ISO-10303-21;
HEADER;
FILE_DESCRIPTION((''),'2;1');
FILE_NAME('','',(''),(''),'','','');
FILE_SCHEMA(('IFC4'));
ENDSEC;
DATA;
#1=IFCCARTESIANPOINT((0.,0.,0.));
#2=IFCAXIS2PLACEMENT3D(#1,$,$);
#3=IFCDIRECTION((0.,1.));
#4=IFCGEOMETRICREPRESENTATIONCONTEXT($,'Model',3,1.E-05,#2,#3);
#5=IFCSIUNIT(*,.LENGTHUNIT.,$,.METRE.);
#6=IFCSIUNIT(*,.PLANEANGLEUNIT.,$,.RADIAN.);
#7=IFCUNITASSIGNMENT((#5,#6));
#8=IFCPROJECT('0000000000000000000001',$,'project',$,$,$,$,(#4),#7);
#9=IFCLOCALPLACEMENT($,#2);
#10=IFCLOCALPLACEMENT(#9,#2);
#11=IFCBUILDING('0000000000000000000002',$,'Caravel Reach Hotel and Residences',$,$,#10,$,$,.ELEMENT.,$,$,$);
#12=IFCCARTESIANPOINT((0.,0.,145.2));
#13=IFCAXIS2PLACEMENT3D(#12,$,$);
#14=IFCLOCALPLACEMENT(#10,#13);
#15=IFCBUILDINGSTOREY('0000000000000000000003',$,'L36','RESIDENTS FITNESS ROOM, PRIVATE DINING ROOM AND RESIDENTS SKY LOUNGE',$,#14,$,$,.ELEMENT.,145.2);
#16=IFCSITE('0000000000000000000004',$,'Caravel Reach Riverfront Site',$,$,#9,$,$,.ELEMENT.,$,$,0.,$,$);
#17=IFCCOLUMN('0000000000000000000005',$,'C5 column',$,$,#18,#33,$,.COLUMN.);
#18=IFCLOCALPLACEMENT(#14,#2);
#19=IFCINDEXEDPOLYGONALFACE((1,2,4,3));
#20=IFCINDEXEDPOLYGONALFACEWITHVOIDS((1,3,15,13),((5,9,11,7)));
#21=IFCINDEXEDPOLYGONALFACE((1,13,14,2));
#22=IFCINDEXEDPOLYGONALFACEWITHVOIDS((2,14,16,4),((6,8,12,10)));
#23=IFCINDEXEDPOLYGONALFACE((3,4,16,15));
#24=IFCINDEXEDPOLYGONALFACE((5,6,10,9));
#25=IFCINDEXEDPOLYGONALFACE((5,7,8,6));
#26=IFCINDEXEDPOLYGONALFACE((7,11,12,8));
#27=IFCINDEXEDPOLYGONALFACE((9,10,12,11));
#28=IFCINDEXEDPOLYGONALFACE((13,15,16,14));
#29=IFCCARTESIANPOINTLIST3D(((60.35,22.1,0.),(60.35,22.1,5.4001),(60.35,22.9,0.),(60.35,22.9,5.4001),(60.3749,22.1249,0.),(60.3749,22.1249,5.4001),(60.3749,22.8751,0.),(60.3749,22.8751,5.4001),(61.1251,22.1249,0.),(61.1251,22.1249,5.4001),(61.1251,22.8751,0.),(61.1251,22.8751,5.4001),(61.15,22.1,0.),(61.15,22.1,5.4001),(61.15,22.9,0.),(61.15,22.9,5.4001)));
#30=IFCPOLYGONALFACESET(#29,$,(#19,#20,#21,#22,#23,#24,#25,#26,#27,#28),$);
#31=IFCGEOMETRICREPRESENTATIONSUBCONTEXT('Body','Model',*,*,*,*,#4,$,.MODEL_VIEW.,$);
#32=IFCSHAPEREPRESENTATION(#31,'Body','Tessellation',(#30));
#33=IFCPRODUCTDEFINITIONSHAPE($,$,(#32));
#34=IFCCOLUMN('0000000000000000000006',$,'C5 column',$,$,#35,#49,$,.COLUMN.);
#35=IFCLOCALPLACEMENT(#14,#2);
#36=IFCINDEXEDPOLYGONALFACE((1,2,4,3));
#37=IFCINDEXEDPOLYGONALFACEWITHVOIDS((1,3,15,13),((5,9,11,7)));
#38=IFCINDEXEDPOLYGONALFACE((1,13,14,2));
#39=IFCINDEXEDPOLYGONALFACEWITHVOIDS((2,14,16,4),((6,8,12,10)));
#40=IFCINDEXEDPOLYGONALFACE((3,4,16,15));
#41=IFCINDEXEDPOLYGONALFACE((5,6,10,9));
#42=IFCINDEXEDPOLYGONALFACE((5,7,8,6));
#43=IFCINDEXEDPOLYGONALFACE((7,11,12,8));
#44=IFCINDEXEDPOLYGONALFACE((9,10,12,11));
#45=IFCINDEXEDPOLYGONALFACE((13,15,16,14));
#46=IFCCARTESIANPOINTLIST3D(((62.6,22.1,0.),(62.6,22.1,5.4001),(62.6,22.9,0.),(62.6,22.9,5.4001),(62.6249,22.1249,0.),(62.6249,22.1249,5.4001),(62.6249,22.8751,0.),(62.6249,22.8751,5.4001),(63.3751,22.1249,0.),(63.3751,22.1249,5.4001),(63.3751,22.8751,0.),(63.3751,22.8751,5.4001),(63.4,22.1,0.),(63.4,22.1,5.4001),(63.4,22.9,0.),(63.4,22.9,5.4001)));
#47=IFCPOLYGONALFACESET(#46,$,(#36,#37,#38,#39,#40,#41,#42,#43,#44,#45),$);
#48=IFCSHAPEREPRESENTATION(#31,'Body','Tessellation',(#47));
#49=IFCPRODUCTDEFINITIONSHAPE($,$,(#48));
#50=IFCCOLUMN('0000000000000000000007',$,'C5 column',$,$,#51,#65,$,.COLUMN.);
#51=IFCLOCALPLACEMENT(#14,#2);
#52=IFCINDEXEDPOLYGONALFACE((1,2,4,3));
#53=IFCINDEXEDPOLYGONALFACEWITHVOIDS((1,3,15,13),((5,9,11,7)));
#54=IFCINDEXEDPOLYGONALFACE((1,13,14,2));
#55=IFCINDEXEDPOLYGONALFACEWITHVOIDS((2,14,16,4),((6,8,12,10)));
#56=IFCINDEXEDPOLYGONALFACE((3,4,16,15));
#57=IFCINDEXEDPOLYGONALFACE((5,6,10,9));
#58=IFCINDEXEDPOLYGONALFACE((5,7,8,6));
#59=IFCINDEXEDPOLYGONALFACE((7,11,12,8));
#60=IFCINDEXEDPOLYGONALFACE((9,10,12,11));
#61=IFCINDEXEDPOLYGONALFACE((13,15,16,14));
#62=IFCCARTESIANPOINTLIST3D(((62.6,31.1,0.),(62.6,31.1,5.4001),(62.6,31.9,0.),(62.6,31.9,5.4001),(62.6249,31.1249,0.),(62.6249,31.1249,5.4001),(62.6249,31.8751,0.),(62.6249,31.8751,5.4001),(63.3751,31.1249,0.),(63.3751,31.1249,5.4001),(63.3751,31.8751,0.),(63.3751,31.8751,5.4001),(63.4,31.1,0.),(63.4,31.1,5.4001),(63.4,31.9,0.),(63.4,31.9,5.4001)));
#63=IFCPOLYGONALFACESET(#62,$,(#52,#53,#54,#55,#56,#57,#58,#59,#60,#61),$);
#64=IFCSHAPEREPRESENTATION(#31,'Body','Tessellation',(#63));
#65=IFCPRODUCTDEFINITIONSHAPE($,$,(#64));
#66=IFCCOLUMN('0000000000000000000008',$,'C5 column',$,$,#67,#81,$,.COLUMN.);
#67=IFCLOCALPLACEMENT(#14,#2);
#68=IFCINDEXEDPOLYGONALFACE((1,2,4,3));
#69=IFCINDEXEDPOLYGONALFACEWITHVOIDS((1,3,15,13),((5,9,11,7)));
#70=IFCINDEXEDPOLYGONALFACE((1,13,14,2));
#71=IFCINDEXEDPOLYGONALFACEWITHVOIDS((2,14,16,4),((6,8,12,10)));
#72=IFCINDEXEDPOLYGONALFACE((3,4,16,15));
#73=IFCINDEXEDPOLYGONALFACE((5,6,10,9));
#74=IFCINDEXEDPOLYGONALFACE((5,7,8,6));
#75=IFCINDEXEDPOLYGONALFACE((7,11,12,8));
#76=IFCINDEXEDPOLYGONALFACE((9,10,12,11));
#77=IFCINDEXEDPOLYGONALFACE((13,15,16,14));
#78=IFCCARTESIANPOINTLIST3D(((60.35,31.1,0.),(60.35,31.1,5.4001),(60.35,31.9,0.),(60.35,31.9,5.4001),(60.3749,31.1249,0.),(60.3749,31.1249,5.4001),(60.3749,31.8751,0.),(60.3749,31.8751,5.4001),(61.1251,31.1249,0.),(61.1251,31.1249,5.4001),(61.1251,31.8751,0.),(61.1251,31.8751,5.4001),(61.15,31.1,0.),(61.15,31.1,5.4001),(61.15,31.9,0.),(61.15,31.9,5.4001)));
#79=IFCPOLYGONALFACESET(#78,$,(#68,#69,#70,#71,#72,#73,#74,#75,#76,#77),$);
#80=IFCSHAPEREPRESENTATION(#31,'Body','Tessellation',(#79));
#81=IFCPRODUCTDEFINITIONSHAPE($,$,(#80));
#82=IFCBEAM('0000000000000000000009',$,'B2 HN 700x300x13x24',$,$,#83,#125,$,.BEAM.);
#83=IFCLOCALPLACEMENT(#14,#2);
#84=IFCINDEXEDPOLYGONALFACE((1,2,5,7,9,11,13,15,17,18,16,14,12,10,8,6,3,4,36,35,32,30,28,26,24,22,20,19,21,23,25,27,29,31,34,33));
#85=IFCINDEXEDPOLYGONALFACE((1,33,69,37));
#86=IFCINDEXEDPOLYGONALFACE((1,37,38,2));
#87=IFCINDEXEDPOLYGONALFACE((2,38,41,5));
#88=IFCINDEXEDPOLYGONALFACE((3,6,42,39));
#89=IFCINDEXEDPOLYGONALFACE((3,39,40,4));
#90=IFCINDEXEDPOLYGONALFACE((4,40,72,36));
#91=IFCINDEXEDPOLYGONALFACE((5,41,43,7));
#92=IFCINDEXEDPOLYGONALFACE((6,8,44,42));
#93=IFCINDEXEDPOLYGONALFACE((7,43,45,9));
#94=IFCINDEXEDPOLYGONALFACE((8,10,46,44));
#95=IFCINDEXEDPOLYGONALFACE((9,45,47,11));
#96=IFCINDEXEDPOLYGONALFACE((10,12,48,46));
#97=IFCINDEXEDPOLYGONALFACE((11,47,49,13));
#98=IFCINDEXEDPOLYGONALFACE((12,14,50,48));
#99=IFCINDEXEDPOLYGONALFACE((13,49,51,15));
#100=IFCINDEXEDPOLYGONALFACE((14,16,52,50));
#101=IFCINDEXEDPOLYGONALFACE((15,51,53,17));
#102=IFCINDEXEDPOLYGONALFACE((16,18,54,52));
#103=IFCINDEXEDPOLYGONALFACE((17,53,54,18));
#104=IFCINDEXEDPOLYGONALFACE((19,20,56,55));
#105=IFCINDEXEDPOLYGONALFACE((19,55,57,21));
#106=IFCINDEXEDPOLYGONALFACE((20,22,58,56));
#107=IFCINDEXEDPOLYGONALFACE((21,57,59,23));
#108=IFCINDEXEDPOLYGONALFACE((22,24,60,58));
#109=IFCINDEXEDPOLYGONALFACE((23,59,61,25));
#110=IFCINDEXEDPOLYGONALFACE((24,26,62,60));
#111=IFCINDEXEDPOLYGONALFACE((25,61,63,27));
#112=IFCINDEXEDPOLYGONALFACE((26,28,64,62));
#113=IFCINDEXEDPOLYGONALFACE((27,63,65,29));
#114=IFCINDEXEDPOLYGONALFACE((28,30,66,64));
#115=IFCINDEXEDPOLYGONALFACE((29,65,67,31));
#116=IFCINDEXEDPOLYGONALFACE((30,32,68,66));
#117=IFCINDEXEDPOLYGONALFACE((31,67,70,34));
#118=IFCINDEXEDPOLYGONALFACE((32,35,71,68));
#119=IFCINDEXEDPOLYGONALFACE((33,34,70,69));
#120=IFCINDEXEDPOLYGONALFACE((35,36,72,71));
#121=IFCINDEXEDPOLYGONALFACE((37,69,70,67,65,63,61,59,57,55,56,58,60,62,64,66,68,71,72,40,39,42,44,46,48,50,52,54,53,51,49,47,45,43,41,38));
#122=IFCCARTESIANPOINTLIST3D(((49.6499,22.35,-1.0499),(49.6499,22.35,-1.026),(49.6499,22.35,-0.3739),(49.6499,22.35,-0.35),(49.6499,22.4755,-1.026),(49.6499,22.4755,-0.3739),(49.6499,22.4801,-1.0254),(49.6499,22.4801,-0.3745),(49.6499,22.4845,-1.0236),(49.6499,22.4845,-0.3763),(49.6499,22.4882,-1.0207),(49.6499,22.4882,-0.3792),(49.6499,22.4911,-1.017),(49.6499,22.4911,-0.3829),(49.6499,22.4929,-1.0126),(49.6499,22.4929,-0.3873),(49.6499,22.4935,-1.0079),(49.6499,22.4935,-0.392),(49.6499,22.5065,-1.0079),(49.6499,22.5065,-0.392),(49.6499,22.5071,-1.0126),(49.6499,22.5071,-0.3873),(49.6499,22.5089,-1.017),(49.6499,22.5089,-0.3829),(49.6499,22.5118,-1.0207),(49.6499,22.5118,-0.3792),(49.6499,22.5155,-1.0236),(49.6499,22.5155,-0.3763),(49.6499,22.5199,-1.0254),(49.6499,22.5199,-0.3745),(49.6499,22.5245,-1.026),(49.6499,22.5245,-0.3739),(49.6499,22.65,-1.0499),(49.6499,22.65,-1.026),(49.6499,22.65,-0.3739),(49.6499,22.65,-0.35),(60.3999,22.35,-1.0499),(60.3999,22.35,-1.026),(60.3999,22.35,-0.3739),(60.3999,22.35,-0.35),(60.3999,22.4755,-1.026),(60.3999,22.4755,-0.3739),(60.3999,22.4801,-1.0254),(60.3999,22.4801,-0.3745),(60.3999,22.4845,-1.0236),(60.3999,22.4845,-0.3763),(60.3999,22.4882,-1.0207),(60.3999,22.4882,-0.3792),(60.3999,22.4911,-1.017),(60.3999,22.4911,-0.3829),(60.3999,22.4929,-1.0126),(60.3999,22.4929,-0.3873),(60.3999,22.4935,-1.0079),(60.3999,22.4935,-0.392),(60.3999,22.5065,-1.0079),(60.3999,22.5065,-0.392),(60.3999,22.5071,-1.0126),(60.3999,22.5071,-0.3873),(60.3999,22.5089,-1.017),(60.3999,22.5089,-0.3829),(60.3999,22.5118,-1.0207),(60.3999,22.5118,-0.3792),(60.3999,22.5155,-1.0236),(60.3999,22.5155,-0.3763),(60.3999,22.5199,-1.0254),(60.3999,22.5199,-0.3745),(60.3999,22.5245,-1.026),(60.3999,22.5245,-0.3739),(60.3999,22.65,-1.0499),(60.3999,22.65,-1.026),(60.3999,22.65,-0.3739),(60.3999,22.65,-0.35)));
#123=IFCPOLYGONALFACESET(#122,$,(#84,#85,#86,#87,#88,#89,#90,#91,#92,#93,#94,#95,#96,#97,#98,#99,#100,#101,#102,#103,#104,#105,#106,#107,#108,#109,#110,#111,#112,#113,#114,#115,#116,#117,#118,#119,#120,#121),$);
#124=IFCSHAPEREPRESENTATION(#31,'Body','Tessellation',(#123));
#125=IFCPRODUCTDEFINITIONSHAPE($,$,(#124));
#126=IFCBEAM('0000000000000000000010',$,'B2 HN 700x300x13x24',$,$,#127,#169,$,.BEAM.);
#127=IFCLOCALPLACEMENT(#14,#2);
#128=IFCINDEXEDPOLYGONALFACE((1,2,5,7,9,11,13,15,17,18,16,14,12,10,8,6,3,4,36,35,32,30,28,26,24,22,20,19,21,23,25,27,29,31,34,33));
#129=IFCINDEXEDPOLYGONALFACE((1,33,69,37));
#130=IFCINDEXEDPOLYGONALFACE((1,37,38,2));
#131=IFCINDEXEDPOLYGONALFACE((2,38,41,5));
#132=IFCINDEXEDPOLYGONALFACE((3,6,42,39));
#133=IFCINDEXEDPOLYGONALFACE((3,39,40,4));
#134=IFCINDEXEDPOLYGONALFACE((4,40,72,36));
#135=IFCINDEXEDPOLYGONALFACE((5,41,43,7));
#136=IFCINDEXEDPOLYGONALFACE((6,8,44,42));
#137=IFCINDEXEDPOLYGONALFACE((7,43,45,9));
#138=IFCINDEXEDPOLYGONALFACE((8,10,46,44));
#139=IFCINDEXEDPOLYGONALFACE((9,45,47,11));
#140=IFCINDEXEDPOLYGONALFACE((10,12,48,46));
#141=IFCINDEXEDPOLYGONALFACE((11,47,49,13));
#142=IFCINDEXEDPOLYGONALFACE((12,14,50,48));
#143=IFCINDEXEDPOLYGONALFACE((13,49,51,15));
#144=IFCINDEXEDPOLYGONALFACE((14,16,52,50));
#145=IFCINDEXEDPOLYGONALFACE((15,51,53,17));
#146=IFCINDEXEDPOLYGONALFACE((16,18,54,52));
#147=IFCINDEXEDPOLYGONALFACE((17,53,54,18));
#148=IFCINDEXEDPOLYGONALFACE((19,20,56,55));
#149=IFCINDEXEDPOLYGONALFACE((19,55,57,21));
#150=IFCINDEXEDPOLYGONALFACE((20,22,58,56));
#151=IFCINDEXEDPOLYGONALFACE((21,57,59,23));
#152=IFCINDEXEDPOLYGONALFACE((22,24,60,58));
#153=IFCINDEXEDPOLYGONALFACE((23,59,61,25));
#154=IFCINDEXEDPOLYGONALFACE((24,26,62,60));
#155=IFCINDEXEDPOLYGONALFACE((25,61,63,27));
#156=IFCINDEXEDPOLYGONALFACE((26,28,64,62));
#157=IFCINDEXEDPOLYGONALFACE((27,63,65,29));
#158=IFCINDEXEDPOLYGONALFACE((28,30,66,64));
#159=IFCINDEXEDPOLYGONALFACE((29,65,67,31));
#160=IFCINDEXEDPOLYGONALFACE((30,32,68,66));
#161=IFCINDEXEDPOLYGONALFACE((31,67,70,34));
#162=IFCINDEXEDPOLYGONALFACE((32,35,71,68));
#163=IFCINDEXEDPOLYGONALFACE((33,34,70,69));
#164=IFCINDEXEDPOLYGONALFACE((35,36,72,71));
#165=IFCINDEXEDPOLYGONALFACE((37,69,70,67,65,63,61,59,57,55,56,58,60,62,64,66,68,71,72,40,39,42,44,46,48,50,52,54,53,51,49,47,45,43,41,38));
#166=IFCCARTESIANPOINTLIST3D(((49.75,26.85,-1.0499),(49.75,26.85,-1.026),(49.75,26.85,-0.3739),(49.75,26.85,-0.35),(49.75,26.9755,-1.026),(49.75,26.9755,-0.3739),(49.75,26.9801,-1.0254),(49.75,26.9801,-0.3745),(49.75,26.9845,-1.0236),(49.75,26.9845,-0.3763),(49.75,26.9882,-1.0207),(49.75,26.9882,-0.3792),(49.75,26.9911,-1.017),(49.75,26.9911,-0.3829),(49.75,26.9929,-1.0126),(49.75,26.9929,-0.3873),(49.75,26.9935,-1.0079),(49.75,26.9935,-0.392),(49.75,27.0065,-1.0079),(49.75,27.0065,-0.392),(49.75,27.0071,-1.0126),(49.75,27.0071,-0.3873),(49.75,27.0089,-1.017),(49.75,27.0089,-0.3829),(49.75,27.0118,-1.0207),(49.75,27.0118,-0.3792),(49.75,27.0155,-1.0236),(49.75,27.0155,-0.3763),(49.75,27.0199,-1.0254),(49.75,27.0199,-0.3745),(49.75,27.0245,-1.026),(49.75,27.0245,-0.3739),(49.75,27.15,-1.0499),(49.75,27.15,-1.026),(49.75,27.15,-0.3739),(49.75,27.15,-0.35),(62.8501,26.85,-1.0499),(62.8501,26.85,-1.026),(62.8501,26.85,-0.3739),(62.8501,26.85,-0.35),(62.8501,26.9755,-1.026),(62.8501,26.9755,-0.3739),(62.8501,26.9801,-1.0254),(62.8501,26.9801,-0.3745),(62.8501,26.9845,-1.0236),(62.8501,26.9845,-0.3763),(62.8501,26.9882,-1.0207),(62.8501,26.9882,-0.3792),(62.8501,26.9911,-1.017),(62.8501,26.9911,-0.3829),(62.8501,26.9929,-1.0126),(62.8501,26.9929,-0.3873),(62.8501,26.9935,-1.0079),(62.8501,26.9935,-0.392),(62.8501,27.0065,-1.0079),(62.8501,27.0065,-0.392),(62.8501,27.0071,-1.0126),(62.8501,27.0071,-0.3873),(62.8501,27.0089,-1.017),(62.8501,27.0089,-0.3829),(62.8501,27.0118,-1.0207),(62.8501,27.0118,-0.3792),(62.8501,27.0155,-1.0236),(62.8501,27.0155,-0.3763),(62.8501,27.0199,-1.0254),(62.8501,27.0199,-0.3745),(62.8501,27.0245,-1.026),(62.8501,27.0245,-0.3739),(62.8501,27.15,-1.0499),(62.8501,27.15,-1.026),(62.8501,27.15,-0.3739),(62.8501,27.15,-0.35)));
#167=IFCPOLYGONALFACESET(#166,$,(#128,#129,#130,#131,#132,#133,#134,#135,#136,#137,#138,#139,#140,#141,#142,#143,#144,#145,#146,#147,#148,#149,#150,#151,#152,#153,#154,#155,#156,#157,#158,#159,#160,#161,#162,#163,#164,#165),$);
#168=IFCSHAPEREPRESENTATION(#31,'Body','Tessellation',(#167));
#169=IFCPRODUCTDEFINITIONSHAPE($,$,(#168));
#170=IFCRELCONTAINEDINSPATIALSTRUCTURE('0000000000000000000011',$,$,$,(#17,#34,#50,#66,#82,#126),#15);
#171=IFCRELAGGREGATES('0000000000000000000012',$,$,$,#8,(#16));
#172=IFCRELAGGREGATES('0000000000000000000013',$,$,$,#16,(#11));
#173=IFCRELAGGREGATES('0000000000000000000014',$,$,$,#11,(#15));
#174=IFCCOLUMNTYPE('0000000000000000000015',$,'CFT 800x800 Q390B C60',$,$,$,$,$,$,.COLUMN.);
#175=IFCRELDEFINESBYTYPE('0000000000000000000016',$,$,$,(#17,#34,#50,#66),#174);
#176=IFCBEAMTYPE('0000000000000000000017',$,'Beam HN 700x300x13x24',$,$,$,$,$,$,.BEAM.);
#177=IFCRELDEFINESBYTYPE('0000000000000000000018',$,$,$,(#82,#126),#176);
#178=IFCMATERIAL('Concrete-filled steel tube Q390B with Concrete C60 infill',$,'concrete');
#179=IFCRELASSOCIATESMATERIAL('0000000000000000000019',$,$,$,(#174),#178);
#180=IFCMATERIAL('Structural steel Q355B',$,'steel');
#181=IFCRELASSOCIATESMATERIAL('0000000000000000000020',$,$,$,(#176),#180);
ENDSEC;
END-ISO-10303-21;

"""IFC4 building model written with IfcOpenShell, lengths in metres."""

from ifc_helpers import new_model, si_unit, direction, frame, origin, origin_2d, place, context, subcontext, project, spatial, hollow_rectangle, i_section, extrude, material, material_profile, profile_set, type_object, element, save


model = new_model("IFC4")

# Units and contexts
model_context = context("Model", 3, precision=1e-05, world=origin(), true_north=direction((0.0, 1.0)))
body_context = subcontext(model_context, "Body", "Model", "MODEL_VIEW")
ifc_project = project(units=[si_unit("LENGTHUNIT", "METRE"), si_unit("PLANEANGLEUNIT", "RADIAN")], contexts=[model_context])

# Site, building, storey
site_placement = place(None, origin())
site = spatial("IfcSite", under=ifc_project, at=site_placement, Name="Caravel Reach Riverfront Site", CompositionType="ELEMENT", RefElevation=0.0)
building_placement = place(site_placement, origin())
building = spatial("IfcBuilding", under=site, at=building_placement, Name="Caravel Reach Hotel and Residences", CompositionType="ELEMENT")
storey_placement = place(building_placement, frame((0.0, 0.0, 145.2)))
storey = spatial("IfcBuildingStorey", under=building, at=storey_placement, Name="L36", Description="RESIDENTS FITNESS ROOM, PRIVATE DINING ROOM AND RESIDENTS SKY LOUNGE", CompositionType="ELEMENT", Elevation=145.2)

# Columns
ifc_material_1 = material(Name="Concrete-filled steel tube Q390B with Concrete C60 infill", Category="concrete")
ifc_material_profile_1 = material_profile(ifc_material_1, hollow_rectangle(XDim=0.8, YDim=0.8, WallThickness=0.0249, at=origin_2d()), Name="RHS 800x800x25")
ifc_profile_set_1 = profile_set([ifc_material_profile_1], Name="Concrete-filled steel tube Q390B with Concrete C60 infill")
column_type = type_object("IfcColumnType", Name="CFT 800x800 Q390B C60", PredefinedType="COLUMN", material=ifc_profile_set_1)
for number, where, z_axis, x_axis, name in (
    (1, (60.75, 22.5, 0.0), (0.0, 0.0, 1.0), (1.0, 0.0, 0.0), "C5 column"),
    (2, (63.0, 22.5, 0.0), (0.0, 0.0, 1.0), (1.0, 0.0, 0.0), "C5 column"),
    (3, (63.0, 31.5, 0.0), (0.0, 0.0, 1.0), (1.0, 0.0, 0.0), "C5 column"),
    (4, (60.75, 31.5, 0.0), (0.0, 0.0, 1.0), (1.0, 0.0, 0.0), "C5 column"),
):
    element("IfcColumn", number, at=place(storey_placement, frame(where, z_axis=z_axis, x_axis=x_axis)), inside=storey, type_object=column_type, Name=name, PredefinedType="COLUMN", context=body_context, shape_type="SweptSolid", body=[
        extrude(hollow_rectangle(XDim=0.8, YDim=0.8, WallThickness=0.0249, at=origin_2d()), origin(), (0.0, 0.0, 1.0), 5.4001),
    ])

# Beams
ifc_material_2 = material(Name="Structural steel Q355B", Category="steel")
ifc_material_profile_2 = material_profile(ifc_material_2, i_section(OverallWidth=0.3, OverallDepth=0.7, WebThickness=0.0129, FlangeThickness=0.0239, FilletRadius=0.0181, at=origin_2d()), Name="HN 700x300x13x24")
ifc_profile_set_2 = profile_set([ifc_material_profile_2], Name="Structural steel Q355B")
beam_type = type_object("IfcBeamType", Name="Beam HN 700x300x13x24", PredefinedType="BEAM", material=ifc_profile_set_2)
beam_1_placement = place(storey_placement, frame((49.6499, 22.5, -0.7), z_axis=(1.0, 0.0, 0.0), x_axis=(0.0, 1.0, 0.0)))
element("IfcBeam", 5, at=beam_1_placement, inside=storey, type_object=beam_type, Name="B2 HN 700x300x13x24", PredefinedType="BEAM", context=body_context, shape_type="SweptSolid", body=[
    extrude(i_section(OverallWidth=0.3, OverallDepth=0.7, WebThickness=0.0129, FlangeThickness=0.0239, FilletRadius=0.0181, at=origin_2d()), origin(), (0.0, 0.0, 1.0), 10.75),
])
beam_2_placement = place(storey_placement, frame((49.75, 27.0, -0.7), z_axis=(1.0, 0.0, 0.0), x_axis=(0.0, 1.0, 0.0)))
element("IfcBeam", 6, at=beam_2_placement, inside=storey, type_object=beam_type, Name="B2 HN 700x300x13x24", PredefinedType="BEAM", context=body_context, shape_type="SweptSolid", body=[
    extrude(i_section(OverallWidth=0.3, OverallDepth=0.7, WebThickness=0.0129, FlangeThickness=0.0239, FilletRadius=0.0181, at=origin_2d()), origin(), (0.0, 0.0, 1.0), 13.1001),
])

save(model, "model.ifc")
